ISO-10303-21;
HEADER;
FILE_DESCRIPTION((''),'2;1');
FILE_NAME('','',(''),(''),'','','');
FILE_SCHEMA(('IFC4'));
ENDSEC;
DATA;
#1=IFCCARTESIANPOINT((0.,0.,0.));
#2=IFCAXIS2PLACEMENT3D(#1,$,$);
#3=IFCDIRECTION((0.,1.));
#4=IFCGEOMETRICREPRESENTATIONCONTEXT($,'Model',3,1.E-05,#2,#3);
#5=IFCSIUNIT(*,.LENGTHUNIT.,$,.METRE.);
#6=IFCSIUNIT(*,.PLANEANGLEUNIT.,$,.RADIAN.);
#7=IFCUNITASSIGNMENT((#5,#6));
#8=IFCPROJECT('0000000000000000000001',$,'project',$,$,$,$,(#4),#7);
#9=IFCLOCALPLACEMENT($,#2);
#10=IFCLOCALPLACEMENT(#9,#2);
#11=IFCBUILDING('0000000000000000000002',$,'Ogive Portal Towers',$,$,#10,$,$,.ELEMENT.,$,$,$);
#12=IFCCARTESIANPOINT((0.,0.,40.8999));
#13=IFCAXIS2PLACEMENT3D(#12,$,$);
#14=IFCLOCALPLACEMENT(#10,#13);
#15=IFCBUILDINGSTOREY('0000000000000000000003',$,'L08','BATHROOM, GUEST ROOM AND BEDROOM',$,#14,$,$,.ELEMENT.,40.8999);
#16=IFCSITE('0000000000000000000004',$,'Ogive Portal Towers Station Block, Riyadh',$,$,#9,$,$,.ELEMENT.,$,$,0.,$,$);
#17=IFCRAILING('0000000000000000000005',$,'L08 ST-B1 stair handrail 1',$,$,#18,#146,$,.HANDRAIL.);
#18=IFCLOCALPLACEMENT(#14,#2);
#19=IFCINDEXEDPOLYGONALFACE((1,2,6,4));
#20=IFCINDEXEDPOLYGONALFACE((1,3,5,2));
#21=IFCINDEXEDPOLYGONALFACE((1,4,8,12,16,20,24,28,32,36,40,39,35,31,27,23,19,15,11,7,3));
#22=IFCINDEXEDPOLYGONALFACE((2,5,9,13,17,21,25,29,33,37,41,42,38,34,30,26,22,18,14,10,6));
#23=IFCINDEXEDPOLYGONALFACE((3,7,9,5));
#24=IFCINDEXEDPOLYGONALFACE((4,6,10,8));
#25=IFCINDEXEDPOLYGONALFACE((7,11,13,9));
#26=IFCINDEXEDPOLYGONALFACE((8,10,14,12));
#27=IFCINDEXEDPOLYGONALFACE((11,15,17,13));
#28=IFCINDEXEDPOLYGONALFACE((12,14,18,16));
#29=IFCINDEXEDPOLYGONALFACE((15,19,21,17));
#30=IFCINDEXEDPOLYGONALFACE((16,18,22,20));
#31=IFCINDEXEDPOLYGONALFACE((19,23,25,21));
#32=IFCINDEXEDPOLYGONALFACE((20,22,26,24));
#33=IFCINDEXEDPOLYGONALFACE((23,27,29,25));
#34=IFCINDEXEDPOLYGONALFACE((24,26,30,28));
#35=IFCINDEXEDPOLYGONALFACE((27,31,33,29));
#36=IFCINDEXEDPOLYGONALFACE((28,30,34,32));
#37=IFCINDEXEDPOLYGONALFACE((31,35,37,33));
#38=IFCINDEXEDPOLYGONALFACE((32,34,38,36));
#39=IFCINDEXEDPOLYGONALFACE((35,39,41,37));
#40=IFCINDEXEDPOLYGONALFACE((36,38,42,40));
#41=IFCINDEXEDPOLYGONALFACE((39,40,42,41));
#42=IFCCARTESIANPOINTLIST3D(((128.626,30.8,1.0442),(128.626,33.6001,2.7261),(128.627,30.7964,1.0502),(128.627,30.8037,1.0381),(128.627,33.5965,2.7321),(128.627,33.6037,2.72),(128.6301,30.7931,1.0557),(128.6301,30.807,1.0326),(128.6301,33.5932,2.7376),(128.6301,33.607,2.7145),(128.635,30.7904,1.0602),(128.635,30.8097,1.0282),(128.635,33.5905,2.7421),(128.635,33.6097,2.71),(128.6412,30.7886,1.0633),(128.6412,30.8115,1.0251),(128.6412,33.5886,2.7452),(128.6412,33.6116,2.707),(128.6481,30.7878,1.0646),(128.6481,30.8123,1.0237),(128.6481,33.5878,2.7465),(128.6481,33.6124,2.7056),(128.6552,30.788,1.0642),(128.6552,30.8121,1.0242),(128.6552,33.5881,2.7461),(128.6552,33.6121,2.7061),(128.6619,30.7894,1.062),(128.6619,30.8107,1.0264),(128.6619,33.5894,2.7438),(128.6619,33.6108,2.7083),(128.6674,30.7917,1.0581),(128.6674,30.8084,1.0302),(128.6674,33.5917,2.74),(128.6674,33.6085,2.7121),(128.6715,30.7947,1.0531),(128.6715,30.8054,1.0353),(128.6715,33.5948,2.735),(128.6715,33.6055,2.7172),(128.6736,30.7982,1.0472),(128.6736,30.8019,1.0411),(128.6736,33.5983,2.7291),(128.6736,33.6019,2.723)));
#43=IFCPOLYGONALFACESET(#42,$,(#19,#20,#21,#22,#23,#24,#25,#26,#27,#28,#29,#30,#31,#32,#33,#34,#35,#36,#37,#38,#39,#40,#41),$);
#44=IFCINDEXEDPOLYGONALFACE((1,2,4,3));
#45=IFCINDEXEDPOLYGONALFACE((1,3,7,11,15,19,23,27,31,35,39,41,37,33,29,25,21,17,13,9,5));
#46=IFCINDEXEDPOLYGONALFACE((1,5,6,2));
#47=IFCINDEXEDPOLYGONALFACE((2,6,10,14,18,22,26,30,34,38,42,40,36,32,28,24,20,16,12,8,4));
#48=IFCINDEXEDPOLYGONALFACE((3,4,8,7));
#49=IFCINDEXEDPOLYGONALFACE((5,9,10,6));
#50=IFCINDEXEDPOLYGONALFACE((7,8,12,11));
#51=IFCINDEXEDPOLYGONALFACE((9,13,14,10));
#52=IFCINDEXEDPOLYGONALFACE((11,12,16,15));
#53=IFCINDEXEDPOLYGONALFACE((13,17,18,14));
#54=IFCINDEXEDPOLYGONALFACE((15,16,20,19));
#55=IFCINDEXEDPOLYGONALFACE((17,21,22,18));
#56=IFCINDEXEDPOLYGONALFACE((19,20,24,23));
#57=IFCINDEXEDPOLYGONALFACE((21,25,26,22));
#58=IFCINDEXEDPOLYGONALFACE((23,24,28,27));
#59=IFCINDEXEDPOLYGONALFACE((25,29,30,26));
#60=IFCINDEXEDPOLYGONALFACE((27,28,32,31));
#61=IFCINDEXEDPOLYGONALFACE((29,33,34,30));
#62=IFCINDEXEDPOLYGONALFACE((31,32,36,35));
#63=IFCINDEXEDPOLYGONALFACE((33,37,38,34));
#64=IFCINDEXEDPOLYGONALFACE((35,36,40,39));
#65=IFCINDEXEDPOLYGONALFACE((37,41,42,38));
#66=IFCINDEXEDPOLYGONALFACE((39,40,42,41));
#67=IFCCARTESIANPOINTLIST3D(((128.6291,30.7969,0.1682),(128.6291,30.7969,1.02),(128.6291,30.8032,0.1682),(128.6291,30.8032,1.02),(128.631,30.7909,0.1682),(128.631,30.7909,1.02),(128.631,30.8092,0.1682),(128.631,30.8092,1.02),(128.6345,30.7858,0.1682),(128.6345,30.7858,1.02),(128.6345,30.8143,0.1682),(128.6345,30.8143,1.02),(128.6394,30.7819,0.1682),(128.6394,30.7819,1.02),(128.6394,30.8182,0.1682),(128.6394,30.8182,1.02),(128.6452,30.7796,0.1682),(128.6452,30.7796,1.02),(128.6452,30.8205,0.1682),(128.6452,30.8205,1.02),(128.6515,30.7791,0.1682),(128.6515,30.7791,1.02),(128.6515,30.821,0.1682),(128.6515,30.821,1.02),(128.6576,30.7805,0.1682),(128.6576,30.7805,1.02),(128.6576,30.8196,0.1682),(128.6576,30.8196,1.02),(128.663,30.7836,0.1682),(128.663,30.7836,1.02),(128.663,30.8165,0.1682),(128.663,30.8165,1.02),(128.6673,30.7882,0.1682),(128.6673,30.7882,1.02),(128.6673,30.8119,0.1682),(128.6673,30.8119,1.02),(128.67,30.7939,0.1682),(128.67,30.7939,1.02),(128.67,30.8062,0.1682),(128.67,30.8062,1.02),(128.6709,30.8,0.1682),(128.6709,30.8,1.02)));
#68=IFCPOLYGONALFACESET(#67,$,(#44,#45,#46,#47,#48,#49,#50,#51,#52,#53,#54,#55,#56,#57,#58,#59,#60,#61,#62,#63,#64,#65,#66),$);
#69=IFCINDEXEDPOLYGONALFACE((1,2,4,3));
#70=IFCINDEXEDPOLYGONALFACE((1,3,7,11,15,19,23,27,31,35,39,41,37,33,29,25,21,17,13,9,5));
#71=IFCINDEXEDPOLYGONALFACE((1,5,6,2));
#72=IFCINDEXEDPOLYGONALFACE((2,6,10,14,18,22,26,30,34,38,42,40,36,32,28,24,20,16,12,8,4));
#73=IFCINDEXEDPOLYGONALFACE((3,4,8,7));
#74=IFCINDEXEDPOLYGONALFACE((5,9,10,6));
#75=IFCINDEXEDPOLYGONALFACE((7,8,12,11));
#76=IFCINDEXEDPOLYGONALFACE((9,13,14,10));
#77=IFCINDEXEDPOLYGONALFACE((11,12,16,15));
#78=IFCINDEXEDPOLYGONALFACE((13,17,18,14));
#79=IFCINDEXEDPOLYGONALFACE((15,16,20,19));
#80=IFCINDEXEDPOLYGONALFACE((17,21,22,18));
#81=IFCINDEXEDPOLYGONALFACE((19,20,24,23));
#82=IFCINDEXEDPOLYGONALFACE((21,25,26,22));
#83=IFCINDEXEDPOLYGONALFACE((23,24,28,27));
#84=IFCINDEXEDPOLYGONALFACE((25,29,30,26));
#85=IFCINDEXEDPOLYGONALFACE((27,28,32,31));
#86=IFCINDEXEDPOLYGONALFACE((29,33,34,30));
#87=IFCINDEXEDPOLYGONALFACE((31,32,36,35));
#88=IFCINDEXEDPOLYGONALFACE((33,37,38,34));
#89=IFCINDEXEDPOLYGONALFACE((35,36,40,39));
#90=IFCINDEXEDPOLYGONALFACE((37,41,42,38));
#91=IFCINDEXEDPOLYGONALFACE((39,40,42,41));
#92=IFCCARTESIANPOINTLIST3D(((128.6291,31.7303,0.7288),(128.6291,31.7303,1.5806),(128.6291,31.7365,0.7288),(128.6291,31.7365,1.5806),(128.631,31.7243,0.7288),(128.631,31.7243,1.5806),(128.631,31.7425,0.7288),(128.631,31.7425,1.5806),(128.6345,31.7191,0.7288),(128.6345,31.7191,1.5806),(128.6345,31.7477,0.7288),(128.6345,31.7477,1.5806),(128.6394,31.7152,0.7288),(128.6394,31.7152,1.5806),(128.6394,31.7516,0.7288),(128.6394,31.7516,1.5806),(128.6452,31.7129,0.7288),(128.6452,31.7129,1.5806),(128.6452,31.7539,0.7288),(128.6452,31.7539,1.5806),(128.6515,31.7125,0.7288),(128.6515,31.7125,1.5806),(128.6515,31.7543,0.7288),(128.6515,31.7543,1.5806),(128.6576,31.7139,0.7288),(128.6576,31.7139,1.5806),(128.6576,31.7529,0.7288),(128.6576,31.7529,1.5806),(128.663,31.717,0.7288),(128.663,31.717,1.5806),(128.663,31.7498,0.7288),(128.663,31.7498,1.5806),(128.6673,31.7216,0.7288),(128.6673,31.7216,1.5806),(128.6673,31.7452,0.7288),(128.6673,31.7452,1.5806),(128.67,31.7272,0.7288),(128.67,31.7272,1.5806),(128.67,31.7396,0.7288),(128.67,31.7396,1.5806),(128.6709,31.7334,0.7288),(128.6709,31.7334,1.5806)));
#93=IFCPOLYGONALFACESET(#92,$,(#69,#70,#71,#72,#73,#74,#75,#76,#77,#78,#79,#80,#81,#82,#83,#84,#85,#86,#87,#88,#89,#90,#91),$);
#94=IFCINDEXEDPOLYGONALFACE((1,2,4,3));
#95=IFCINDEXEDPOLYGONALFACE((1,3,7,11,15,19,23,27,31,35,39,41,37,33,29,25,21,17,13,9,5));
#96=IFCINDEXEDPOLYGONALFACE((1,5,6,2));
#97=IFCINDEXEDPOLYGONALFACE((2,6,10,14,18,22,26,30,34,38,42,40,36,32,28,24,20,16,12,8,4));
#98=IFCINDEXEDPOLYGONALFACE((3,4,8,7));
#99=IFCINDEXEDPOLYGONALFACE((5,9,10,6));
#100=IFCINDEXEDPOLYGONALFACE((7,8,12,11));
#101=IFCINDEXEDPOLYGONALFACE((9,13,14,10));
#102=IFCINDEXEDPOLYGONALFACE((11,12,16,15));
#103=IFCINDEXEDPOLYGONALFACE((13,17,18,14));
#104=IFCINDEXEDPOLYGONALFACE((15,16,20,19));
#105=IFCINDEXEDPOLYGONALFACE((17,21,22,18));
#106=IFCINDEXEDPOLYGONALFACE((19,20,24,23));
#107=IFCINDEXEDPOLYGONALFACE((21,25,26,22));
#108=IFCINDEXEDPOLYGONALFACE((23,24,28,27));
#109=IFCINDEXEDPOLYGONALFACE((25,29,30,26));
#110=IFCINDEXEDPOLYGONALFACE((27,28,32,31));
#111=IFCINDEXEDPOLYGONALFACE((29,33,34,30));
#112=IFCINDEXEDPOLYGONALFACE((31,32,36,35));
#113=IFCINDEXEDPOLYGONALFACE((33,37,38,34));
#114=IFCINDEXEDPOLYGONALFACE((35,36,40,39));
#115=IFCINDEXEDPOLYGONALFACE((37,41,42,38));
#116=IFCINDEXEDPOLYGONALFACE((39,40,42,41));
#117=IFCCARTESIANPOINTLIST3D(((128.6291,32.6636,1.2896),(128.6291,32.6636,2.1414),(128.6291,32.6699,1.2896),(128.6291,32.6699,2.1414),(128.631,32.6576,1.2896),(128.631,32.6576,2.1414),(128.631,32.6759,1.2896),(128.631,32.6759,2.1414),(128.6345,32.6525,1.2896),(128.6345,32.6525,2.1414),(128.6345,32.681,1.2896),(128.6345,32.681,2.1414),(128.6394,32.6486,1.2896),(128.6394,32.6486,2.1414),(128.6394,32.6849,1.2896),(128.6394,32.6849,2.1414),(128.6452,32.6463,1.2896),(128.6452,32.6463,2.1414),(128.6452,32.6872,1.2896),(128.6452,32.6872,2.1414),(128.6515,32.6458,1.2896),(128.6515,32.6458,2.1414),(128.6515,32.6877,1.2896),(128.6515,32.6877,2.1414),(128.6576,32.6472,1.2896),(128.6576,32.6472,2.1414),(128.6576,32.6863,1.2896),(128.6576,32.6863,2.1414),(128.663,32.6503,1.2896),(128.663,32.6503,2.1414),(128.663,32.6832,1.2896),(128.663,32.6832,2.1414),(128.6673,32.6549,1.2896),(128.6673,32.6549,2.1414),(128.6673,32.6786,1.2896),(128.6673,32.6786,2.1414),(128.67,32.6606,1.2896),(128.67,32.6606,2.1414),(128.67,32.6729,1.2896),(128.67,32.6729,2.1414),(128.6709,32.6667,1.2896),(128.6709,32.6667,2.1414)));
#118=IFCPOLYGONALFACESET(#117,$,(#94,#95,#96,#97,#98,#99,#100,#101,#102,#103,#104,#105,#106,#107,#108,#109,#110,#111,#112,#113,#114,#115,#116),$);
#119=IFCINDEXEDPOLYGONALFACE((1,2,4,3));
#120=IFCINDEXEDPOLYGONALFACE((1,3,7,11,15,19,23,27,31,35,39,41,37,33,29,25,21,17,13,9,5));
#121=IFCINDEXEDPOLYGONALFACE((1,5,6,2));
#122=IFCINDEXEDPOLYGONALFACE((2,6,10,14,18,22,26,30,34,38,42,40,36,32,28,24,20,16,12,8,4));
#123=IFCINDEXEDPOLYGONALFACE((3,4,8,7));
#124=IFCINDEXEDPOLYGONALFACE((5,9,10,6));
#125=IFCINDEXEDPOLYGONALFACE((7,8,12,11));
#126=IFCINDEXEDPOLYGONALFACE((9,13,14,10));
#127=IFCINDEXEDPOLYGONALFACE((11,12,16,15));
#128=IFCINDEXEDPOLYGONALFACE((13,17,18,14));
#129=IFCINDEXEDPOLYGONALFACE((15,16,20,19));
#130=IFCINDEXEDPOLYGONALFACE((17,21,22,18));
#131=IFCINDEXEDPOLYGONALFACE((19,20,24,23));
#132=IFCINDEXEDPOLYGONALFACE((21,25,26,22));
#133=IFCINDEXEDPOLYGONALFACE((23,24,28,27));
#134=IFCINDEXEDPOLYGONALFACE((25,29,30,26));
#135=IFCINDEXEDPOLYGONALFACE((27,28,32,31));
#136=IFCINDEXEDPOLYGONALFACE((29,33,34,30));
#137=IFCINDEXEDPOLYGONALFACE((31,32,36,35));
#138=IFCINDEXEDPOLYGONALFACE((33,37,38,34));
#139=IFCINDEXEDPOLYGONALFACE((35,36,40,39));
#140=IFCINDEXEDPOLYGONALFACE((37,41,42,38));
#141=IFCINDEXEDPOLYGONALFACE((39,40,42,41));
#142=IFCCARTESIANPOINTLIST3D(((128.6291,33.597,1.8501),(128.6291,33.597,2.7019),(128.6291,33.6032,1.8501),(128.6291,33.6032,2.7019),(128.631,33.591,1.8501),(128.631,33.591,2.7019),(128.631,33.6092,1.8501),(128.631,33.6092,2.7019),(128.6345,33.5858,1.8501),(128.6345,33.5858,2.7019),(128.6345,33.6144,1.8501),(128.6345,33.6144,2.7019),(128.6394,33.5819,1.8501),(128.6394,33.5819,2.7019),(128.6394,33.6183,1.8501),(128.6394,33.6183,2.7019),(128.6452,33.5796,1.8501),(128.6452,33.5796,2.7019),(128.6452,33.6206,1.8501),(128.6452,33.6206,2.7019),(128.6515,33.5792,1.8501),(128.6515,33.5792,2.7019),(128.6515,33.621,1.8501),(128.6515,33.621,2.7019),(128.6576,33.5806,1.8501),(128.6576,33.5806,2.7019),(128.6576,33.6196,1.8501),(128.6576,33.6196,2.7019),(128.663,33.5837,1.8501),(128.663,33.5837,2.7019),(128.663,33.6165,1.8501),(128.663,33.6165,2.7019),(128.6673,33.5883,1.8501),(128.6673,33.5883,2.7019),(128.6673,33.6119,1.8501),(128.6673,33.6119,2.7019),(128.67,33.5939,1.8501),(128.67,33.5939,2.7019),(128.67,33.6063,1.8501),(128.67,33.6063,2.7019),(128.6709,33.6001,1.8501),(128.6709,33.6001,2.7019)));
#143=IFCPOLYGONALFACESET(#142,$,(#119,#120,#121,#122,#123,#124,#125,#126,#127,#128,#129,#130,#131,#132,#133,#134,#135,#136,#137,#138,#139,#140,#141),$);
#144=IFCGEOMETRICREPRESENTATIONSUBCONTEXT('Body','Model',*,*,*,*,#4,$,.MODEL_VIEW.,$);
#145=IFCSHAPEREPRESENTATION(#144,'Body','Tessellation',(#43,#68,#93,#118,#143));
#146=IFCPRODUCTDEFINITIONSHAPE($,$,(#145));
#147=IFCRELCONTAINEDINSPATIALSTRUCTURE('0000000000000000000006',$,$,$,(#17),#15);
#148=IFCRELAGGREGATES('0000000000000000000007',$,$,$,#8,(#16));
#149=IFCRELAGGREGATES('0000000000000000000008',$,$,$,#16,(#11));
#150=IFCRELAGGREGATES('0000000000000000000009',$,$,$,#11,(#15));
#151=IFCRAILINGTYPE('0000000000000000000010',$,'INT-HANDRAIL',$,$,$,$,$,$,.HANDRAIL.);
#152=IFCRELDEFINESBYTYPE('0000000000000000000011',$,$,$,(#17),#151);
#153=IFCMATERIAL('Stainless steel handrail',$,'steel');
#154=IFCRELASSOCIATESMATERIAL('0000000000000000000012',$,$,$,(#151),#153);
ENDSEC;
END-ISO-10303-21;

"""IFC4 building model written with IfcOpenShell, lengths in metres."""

from ifc_helpers import new_model, si_unit, direction, frame, origin, origin_2d, place, context, subcontext, project, spatial, circle, extrude, material, type_object, element, save


model = new_model("IFC4")

# Units and contexts
model_context = context("Model", 3, precision=1e-05, world=origin(), true_north=direction((0.0, 1.0)))
body_context = subcontext(model_context, "Body", "Model", "MODEL_VIEW")
ifc_project = project(units=[si_unit("LENGTHUNIT", "METRE"), si_unit("PLANEANGLEUNIT", "RADIAN")], contexts=[model_context])

# Site, building, storey
site_placement = place(None, origin())
site = spatial("IfcSite", under=ifc_project, at=site_placement, Name="Ogive Portal Towers Station Block, Riyadh", CompositionType="ELEMENT", RefElevation=0.0)
building_placement = place(site_placement, origin())
building = spatial("IfcBuilding", under=site, at=building_placement, Name="Ogive Portal Towers", CompositionType="ELEMENT")
storey_placement = place(building_placement, frame((0.0, 0.0, 40.8999)))
storey = spatial("IfcBuildingStorey", under=building, at=storey_placement, Name="L08", Description="BATHROOM, GUEST ROOM AND BEDROOM", CompositionType="ELEMENT", Elevation=40.8999)

# Railing
ifc_material_1 = material(Name="Stainless steel handrail", Category="steel")
railing_type_1 = type_object("IfcRailingType", Name="INT-HANDRAIL", PredefinedType="HANDRAIL", material=ifc_material_1)
railing_1_placement = place(storey_placement, frame((128.6499, 30.8, 0.1682)))
element("IfcRailing", 1, at=railing_1_placement, inside=storey, type_object=railing_type_1, Name="L08 ST-B1 stair handrail 1", PredefinedType="HANDRAIL", context=body_context, shape_type="SweptSolid", body=[
    extrude(circle(Radius=0.0239, at=origin_2d()), frame((0.0, 0.0, 0.876), z_axis=(0.0, 0.857242, 0.514913), x_axis=(-1.0, 0.0, 0.0)), (0.0, 0.0, 1.0), 3.2664),
    extrude(circle(Radius=0.021, at=origin_2d()), origin(), (0.0, 0.0, 1.0), 0.8518),
    extrude(circle(Radius=0.021, at=origin_2d()), frame((0.0, 0.9333, 0.5605)), (0.0, 0.0, 1.0), 0.8518),
    extrude(circle(Radius=0.021, at=origin_2d()), frame((0.0, 1.8667, 1.1213)), (0.0, 0.0, 1.0), 0.8518),
    extrude(circle(Radius=0.021, at=origin_2d()), frame((0.0, 2.8, 1.6819)), (0.0, 0.0, 1.0), 0.8518),
])

save(model, "model.ifc")
